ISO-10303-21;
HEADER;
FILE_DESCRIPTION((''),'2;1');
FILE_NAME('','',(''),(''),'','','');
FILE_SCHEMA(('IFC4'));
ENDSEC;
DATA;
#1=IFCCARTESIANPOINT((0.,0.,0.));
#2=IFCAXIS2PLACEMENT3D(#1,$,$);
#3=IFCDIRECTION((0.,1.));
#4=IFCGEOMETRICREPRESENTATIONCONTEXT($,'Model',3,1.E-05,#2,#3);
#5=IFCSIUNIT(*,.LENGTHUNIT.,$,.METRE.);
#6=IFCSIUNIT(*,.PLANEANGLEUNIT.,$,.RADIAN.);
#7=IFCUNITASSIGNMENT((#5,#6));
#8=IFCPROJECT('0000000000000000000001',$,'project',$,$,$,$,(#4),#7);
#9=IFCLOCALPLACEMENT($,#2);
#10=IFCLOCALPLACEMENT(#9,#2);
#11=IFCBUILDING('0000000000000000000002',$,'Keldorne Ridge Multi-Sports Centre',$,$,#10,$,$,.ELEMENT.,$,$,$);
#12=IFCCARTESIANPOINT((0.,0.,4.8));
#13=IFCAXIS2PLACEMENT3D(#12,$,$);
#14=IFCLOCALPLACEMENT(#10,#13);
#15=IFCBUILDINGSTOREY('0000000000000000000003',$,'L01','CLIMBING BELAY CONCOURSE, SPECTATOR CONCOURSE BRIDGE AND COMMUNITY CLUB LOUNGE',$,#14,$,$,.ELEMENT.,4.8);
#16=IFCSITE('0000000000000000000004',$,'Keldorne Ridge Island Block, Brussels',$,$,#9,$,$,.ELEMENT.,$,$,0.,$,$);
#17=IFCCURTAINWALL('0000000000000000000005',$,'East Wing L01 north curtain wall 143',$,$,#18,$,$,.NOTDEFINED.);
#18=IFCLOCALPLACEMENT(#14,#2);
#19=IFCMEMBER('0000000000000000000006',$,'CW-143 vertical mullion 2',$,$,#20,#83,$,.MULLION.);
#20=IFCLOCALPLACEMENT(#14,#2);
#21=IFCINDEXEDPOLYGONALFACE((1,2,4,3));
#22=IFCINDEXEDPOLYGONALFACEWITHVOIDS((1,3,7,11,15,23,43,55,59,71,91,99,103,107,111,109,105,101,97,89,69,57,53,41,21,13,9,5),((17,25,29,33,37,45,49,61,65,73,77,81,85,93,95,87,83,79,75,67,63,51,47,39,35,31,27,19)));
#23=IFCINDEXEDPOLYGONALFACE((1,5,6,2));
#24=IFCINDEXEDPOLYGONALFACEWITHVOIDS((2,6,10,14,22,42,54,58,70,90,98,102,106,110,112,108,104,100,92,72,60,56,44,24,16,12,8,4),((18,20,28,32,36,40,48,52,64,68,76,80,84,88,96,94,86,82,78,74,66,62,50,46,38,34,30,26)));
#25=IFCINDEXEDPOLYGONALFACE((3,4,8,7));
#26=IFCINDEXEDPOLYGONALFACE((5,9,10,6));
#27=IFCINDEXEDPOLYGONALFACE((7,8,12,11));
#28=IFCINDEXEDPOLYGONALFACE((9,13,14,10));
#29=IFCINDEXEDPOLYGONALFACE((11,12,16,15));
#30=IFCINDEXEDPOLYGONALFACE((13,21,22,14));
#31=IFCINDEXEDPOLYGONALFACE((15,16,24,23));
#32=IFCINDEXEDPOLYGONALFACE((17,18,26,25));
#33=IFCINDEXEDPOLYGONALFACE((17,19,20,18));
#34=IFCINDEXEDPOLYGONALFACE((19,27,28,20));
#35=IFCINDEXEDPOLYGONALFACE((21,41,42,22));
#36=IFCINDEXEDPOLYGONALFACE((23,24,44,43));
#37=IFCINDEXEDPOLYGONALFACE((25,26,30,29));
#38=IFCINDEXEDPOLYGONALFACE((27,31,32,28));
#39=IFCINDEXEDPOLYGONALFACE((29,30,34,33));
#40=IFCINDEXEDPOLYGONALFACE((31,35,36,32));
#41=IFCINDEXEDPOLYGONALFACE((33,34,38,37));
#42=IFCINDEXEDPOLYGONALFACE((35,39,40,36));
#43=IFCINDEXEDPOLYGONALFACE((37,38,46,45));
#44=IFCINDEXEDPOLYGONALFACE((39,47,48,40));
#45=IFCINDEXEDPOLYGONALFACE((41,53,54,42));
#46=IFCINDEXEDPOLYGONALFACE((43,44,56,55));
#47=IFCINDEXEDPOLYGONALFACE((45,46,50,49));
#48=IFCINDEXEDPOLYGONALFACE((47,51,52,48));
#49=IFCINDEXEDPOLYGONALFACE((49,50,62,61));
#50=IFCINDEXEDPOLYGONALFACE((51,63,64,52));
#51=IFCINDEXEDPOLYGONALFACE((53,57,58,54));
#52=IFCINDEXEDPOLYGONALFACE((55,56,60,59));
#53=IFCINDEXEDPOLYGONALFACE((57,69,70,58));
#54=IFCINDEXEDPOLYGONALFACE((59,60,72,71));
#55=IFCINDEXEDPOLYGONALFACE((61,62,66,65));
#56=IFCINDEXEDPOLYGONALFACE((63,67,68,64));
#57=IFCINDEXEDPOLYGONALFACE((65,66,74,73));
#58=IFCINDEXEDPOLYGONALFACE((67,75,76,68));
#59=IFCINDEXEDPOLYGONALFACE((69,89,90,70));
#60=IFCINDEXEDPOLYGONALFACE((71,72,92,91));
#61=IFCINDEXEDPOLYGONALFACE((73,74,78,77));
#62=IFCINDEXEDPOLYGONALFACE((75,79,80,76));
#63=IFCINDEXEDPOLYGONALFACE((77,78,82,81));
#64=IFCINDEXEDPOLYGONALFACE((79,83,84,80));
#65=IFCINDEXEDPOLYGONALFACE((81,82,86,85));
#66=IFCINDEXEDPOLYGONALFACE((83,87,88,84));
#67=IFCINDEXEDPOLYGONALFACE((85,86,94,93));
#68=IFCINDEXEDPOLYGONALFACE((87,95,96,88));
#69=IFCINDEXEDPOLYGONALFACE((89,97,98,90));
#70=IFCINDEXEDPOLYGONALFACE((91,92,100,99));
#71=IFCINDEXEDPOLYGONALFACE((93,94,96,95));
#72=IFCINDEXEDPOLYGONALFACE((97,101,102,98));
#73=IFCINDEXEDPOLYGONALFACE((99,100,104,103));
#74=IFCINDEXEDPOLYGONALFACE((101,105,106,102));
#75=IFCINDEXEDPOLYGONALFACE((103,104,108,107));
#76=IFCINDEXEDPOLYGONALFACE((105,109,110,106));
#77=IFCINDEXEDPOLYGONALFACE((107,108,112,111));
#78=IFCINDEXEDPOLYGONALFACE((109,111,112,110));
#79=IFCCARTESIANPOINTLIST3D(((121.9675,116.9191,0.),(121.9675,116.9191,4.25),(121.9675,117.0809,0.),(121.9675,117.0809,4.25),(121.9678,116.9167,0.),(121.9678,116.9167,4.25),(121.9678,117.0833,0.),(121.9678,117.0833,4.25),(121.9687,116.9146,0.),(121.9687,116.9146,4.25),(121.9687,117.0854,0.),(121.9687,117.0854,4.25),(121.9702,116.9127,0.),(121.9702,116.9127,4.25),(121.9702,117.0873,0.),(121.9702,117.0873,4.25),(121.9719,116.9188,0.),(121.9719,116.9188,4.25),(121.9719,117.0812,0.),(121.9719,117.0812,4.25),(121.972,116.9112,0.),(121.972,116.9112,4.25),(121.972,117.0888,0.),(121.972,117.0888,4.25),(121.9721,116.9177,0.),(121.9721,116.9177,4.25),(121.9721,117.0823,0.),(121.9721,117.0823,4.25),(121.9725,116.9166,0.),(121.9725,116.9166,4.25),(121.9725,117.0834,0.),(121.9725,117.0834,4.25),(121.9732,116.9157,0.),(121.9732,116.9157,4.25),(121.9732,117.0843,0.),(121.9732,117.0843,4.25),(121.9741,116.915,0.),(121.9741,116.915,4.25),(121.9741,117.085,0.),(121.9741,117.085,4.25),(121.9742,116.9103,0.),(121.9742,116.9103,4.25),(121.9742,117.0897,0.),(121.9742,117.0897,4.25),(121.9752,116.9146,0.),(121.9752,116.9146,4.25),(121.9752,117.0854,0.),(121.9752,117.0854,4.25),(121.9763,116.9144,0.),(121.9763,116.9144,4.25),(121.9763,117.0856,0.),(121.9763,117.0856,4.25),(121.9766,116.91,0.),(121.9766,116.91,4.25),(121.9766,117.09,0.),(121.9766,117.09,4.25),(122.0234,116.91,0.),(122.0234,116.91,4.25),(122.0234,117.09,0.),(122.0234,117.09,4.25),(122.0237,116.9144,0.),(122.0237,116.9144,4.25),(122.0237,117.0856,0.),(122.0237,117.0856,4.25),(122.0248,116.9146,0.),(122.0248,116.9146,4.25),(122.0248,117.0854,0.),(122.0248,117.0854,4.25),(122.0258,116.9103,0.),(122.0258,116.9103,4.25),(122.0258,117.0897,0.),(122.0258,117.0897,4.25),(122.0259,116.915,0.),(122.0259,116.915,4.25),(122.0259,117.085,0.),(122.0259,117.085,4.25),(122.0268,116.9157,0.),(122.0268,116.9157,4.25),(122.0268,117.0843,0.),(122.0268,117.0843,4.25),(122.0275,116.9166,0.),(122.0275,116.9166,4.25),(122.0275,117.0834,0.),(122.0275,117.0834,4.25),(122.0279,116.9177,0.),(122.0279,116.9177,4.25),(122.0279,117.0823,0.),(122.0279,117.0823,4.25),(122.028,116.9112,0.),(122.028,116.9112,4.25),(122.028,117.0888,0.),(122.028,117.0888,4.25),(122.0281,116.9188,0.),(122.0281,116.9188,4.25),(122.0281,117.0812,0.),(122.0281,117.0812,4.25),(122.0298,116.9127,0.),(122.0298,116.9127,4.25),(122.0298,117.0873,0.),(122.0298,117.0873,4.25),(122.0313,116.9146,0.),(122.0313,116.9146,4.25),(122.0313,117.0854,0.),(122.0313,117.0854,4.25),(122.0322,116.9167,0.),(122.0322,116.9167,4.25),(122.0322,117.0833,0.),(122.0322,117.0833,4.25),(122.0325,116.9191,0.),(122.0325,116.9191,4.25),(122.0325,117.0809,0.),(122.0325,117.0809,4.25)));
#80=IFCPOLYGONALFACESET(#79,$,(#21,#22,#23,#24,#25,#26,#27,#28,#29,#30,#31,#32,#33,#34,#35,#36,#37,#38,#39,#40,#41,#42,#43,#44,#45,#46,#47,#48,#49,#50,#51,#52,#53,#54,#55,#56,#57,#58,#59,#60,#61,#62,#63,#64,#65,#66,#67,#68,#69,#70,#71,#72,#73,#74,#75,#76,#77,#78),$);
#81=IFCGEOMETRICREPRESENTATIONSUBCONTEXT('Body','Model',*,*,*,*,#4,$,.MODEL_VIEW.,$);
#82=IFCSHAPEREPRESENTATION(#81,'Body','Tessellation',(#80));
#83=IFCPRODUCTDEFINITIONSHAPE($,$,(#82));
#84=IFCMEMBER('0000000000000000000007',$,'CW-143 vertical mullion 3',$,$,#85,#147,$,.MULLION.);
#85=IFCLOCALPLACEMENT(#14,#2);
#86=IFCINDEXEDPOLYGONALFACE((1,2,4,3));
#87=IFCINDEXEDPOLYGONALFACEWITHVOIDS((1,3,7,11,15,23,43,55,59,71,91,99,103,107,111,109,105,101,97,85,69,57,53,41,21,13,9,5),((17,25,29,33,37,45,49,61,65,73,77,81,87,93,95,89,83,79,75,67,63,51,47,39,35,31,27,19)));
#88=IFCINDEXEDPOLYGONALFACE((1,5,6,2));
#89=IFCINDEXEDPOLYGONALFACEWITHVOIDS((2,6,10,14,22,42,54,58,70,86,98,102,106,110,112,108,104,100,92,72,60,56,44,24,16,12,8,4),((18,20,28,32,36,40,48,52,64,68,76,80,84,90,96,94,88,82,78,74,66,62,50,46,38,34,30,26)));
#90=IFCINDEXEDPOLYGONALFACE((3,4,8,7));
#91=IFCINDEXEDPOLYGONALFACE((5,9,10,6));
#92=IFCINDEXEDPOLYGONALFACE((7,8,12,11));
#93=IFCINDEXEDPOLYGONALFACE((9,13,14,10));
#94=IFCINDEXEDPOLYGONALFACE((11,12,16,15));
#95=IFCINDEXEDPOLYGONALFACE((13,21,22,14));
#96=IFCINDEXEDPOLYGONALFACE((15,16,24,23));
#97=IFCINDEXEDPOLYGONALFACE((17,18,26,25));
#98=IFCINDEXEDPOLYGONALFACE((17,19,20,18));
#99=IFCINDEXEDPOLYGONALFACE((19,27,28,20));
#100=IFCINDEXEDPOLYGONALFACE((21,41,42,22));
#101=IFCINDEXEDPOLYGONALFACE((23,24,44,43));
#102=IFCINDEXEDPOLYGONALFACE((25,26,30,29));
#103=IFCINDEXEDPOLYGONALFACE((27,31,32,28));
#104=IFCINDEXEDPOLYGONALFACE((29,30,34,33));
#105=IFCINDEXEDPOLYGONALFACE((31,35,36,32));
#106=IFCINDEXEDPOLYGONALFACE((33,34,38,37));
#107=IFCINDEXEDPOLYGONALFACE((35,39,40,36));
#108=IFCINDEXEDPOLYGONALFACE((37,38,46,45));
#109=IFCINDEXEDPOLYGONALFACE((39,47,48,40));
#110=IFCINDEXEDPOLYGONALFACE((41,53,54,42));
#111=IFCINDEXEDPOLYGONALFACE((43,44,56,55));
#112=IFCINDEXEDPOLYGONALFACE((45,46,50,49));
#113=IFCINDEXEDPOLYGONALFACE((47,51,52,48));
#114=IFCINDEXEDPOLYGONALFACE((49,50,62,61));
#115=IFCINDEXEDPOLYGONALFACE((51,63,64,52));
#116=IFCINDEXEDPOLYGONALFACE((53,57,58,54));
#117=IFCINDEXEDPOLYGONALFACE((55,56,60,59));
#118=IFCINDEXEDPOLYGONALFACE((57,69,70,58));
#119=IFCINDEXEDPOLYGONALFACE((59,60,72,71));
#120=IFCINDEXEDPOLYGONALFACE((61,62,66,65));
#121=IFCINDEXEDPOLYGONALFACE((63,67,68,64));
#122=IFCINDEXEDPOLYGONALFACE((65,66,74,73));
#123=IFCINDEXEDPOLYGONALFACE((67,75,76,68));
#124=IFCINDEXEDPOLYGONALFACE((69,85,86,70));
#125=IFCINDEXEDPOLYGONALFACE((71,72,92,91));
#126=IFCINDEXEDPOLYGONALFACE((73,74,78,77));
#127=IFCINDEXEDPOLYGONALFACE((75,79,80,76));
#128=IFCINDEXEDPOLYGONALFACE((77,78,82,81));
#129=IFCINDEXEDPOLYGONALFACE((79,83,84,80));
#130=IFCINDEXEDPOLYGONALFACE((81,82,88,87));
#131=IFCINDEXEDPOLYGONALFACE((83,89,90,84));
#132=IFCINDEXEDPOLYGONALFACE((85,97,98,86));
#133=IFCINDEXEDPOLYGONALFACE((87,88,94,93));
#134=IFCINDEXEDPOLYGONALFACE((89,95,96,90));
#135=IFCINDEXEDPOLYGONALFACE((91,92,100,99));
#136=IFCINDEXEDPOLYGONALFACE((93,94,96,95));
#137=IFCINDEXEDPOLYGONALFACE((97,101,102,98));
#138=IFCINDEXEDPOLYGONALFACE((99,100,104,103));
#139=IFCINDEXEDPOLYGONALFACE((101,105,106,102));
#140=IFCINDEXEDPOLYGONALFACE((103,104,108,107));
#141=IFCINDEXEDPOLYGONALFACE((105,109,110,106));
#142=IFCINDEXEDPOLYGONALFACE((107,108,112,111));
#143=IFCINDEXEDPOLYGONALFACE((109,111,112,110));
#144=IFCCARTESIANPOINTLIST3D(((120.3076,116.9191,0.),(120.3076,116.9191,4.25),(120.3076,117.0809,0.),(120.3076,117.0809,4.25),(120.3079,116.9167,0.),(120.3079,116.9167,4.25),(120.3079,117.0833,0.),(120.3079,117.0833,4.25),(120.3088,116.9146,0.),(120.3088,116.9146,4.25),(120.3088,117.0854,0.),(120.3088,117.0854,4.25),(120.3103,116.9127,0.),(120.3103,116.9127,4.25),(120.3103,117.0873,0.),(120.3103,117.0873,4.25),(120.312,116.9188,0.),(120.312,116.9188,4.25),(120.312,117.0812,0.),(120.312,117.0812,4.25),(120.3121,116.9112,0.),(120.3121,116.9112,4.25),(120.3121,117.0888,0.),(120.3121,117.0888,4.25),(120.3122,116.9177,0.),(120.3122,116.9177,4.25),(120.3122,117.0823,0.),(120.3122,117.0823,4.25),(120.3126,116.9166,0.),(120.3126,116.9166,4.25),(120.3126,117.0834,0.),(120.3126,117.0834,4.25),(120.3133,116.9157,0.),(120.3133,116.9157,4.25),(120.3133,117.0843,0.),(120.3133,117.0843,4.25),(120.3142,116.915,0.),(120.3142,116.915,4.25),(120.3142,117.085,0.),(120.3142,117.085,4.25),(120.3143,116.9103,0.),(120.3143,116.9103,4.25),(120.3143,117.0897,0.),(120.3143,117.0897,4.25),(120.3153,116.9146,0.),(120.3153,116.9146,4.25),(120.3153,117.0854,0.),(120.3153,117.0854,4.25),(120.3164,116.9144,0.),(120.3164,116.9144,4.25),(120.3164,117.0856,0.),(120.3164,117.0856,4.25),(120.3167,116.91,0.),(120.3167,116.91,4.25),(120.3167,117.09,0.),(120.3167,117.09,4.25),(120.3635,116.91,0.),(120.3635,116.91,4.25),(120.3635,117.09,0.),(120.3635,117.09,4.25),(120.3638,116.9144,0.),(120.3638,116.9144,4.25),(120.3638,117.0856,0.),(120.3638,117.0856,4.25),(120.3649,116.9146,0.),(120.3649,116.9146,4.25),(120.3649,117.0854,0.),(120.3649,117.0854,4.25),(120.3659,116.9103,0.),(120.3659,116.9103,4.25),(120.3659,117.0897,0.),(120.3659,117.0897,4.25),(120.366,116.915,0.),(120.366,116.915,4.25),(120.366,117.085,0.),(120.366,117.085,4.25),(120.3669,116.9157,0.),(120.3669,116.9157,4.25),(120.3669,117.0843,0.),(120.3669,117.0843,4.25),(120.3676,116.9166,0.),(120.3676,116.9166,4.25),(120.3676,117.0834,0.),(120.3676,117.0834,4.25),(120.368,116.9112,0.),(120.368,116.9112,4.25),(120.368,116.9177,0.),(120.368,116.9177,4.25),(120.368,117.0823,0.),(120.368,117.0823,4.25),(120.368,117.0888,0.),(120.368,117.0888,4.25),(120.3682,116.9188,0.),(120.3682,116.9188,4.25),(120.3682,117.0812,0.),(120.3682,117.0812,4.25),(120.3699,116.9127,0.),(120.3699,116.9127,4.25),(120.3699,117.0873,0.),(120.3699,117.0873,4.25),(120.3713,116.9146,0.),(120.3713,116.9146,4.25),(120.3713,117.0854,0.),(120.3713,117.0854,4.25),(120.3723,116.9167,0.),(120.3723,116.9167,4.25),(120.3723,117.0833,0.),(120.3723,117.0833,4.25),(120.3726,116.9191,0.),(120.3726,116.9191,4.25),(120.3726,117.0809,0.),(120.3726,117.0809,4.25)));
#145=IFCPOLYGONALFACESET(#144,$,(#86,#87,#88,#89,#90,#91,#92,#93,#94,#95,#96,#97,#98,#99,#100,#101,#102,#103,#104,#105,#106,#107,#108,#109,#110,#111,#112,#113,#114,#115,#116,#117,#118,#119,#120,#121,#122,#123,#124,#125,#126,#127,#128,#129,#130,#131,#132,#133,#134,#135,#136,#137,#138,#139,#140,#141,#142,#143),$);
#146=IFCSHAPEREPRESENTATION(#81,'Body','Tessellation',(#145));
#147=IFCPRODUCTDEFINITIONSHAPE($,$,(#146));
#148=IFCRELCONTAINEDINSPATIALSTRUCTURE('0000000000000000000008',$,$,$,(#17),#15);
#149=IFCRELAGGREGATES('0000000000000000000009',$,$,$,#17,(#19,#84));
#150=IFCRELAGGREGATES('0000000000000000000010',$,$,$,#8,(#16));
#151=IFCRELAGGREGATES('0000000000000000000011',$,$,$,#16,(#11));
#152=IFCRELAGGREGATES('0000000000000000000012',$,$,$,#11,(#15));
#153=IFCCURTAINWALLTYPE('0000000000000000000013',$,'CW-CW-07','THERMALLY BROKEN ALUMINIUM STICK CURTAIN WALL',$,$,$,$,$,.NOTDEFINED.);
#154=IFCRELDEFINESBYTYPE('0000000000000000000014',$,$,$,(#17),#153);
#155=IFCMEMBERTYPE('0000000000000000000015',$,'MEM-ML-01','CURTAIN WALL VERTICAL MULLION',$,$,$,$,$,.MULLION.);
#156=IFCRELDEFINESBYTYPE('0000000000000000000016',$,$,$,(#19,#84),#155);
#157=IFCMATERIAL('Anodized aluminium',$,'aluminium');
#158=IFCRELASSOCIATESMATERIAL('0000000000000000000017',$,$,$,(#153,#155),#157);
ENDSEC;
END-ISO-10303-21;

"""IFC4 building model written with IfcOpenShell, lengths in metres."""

from ifc_helpers import new_model, si_unit, direction, frame, origin, origin_2d, place, context, subcontext, project, spatial, hollow_rectangle, extrude, material, material_profile, profile_set, type_object, element, aggregate, save


model = new_model("IFC4")

# Units and contexts
model_context = context("Model", 3, precision=1e-05, world=origin(), true_north=direction((0.0, 1.0)))
body_context = subcontext(model_context, "Body", "Model", "MODEL_VIEW")
ifc_project = project(units=[si_unit("LENGTHUNIT", "METRE"), si_unit("PLANEANGLEUNIT", "RADIAN")], contexts=[model_context])

# Site, building, storey
site_placement = place(None, origin())
site = spatial("IfcSite", under=ifc_project, at=site_placement, Name="Keldorne Ridge Island Block, Brussels", CompositionType="ELEMENT", RefElevation=0.0)
building_placement = place(site_placement, origin())
building = spatial("IfcBuilding", under=site, at=building_placement, Name="Keldorne Ridge Multi-Sports Centre", CompositionType="ELEMENT")
storey_placement = place(building_placement, frame((0.0, 0.0, 4.8)))
storey = spatial("IfcBuildingStorey", under=building, at=storey_placement, Name="L01", Description="CLIMBING BELAY CONCOURSE, SPECTATOR CONCOURSE BRIDGE AND COMMUNITY CLUB LOUNGE", CompositionType="ELEMENT", Elevation=4.8)

# Curtain wall, members
ifc_material_1 = material(Name="Anodized aluminium", Category="aluminium")
curtain_wall_type = type_object("IfcCurtainWallType", Name="CW-CW-07", Description="THERMALLY BROKEN ALUMINIUM STICK CURTAIN WALL", PredefinedType="NOTDEFINED", material=ifc_material_1)
curtain_wall_placement = place(storey_placement, origin())
curtain_wall = element("IfcCurtainWall", 1, at=curtain_wall_placement, inside=storey, type_object=curtain_wall_type, Name="East Wing L01 north curtain wall 143", PredefinedType="NOTDEFINED")
ifc_material_profile_1 = material_profile(ifc_material_1, hollow_rectangle(XDim=0.0649, YDim=0.1799, WallThickness=0.0044, InnerFilletRadius=0.0044, OuterFilletRadius=0.009, at=origin_2d()), Name="ALU MULLION 180x65x4.5")
ifc_profile_set_1 = profile_set([ifc_material_profile_1], Name="Anodized aluminium")
member_type_1 = type_object("IfcMemberType", Name="MEM-ML-01", Description="CURTAIN WALL VERTICAL MULLION", PredefinedType="MULLION", material=ifc_profile_set_1)
member_1_placement = place(storey_placement, frame((122.0, 117.0, 0.0), z_axis=(0.0, 0.0, 1.0), x_axis=(1.0, 0.0, 0.0)))
member_1 = element("IfcMember", 2, at=member_1_placement, type_object=member_type_1, Name="CW-143 vertical mullion 2", PredefinedType="MULLION", context=body_context, shape_type="SweptSolid", body=[
    extrude(hollow_rectangle(XDim=0.0649, YDim=0.1799, WallThickness=0.0044, InnerFilletRadius=0.0044, OuterFilletRadius=0.009, at=origin_2d()), origin(), (0.0, 0.0, 1.0), 4.25),
])
member_2_placement = place(storey_placement, frame((120.3401, 117.0, 0.0), z_axis=(0.0, 0.0, 1.0), x_axis=(1.0, 0.0, 0.0)))
member_2 = element("IfcMember", 3, at=member_2_placement, type_object=member_type_1, Name="CW-143 vertical mullion 3", PredefinedType="MULLION", context=body_context, shape_type="SweptSolid", body=[
    extrude(hollow_rectangle(XDim=0.0649, YDim=0.1799, WallThickness=0.0044, InnerFilletRadius=0.0044, OuterFilletRadius=0.009, at=origin_2d()), origin(), (0.0, 0.0, 1.0), 4.25),
])
aggregate(curtain_wall, [member_1, member_2])

save(model, "model.ifc")
